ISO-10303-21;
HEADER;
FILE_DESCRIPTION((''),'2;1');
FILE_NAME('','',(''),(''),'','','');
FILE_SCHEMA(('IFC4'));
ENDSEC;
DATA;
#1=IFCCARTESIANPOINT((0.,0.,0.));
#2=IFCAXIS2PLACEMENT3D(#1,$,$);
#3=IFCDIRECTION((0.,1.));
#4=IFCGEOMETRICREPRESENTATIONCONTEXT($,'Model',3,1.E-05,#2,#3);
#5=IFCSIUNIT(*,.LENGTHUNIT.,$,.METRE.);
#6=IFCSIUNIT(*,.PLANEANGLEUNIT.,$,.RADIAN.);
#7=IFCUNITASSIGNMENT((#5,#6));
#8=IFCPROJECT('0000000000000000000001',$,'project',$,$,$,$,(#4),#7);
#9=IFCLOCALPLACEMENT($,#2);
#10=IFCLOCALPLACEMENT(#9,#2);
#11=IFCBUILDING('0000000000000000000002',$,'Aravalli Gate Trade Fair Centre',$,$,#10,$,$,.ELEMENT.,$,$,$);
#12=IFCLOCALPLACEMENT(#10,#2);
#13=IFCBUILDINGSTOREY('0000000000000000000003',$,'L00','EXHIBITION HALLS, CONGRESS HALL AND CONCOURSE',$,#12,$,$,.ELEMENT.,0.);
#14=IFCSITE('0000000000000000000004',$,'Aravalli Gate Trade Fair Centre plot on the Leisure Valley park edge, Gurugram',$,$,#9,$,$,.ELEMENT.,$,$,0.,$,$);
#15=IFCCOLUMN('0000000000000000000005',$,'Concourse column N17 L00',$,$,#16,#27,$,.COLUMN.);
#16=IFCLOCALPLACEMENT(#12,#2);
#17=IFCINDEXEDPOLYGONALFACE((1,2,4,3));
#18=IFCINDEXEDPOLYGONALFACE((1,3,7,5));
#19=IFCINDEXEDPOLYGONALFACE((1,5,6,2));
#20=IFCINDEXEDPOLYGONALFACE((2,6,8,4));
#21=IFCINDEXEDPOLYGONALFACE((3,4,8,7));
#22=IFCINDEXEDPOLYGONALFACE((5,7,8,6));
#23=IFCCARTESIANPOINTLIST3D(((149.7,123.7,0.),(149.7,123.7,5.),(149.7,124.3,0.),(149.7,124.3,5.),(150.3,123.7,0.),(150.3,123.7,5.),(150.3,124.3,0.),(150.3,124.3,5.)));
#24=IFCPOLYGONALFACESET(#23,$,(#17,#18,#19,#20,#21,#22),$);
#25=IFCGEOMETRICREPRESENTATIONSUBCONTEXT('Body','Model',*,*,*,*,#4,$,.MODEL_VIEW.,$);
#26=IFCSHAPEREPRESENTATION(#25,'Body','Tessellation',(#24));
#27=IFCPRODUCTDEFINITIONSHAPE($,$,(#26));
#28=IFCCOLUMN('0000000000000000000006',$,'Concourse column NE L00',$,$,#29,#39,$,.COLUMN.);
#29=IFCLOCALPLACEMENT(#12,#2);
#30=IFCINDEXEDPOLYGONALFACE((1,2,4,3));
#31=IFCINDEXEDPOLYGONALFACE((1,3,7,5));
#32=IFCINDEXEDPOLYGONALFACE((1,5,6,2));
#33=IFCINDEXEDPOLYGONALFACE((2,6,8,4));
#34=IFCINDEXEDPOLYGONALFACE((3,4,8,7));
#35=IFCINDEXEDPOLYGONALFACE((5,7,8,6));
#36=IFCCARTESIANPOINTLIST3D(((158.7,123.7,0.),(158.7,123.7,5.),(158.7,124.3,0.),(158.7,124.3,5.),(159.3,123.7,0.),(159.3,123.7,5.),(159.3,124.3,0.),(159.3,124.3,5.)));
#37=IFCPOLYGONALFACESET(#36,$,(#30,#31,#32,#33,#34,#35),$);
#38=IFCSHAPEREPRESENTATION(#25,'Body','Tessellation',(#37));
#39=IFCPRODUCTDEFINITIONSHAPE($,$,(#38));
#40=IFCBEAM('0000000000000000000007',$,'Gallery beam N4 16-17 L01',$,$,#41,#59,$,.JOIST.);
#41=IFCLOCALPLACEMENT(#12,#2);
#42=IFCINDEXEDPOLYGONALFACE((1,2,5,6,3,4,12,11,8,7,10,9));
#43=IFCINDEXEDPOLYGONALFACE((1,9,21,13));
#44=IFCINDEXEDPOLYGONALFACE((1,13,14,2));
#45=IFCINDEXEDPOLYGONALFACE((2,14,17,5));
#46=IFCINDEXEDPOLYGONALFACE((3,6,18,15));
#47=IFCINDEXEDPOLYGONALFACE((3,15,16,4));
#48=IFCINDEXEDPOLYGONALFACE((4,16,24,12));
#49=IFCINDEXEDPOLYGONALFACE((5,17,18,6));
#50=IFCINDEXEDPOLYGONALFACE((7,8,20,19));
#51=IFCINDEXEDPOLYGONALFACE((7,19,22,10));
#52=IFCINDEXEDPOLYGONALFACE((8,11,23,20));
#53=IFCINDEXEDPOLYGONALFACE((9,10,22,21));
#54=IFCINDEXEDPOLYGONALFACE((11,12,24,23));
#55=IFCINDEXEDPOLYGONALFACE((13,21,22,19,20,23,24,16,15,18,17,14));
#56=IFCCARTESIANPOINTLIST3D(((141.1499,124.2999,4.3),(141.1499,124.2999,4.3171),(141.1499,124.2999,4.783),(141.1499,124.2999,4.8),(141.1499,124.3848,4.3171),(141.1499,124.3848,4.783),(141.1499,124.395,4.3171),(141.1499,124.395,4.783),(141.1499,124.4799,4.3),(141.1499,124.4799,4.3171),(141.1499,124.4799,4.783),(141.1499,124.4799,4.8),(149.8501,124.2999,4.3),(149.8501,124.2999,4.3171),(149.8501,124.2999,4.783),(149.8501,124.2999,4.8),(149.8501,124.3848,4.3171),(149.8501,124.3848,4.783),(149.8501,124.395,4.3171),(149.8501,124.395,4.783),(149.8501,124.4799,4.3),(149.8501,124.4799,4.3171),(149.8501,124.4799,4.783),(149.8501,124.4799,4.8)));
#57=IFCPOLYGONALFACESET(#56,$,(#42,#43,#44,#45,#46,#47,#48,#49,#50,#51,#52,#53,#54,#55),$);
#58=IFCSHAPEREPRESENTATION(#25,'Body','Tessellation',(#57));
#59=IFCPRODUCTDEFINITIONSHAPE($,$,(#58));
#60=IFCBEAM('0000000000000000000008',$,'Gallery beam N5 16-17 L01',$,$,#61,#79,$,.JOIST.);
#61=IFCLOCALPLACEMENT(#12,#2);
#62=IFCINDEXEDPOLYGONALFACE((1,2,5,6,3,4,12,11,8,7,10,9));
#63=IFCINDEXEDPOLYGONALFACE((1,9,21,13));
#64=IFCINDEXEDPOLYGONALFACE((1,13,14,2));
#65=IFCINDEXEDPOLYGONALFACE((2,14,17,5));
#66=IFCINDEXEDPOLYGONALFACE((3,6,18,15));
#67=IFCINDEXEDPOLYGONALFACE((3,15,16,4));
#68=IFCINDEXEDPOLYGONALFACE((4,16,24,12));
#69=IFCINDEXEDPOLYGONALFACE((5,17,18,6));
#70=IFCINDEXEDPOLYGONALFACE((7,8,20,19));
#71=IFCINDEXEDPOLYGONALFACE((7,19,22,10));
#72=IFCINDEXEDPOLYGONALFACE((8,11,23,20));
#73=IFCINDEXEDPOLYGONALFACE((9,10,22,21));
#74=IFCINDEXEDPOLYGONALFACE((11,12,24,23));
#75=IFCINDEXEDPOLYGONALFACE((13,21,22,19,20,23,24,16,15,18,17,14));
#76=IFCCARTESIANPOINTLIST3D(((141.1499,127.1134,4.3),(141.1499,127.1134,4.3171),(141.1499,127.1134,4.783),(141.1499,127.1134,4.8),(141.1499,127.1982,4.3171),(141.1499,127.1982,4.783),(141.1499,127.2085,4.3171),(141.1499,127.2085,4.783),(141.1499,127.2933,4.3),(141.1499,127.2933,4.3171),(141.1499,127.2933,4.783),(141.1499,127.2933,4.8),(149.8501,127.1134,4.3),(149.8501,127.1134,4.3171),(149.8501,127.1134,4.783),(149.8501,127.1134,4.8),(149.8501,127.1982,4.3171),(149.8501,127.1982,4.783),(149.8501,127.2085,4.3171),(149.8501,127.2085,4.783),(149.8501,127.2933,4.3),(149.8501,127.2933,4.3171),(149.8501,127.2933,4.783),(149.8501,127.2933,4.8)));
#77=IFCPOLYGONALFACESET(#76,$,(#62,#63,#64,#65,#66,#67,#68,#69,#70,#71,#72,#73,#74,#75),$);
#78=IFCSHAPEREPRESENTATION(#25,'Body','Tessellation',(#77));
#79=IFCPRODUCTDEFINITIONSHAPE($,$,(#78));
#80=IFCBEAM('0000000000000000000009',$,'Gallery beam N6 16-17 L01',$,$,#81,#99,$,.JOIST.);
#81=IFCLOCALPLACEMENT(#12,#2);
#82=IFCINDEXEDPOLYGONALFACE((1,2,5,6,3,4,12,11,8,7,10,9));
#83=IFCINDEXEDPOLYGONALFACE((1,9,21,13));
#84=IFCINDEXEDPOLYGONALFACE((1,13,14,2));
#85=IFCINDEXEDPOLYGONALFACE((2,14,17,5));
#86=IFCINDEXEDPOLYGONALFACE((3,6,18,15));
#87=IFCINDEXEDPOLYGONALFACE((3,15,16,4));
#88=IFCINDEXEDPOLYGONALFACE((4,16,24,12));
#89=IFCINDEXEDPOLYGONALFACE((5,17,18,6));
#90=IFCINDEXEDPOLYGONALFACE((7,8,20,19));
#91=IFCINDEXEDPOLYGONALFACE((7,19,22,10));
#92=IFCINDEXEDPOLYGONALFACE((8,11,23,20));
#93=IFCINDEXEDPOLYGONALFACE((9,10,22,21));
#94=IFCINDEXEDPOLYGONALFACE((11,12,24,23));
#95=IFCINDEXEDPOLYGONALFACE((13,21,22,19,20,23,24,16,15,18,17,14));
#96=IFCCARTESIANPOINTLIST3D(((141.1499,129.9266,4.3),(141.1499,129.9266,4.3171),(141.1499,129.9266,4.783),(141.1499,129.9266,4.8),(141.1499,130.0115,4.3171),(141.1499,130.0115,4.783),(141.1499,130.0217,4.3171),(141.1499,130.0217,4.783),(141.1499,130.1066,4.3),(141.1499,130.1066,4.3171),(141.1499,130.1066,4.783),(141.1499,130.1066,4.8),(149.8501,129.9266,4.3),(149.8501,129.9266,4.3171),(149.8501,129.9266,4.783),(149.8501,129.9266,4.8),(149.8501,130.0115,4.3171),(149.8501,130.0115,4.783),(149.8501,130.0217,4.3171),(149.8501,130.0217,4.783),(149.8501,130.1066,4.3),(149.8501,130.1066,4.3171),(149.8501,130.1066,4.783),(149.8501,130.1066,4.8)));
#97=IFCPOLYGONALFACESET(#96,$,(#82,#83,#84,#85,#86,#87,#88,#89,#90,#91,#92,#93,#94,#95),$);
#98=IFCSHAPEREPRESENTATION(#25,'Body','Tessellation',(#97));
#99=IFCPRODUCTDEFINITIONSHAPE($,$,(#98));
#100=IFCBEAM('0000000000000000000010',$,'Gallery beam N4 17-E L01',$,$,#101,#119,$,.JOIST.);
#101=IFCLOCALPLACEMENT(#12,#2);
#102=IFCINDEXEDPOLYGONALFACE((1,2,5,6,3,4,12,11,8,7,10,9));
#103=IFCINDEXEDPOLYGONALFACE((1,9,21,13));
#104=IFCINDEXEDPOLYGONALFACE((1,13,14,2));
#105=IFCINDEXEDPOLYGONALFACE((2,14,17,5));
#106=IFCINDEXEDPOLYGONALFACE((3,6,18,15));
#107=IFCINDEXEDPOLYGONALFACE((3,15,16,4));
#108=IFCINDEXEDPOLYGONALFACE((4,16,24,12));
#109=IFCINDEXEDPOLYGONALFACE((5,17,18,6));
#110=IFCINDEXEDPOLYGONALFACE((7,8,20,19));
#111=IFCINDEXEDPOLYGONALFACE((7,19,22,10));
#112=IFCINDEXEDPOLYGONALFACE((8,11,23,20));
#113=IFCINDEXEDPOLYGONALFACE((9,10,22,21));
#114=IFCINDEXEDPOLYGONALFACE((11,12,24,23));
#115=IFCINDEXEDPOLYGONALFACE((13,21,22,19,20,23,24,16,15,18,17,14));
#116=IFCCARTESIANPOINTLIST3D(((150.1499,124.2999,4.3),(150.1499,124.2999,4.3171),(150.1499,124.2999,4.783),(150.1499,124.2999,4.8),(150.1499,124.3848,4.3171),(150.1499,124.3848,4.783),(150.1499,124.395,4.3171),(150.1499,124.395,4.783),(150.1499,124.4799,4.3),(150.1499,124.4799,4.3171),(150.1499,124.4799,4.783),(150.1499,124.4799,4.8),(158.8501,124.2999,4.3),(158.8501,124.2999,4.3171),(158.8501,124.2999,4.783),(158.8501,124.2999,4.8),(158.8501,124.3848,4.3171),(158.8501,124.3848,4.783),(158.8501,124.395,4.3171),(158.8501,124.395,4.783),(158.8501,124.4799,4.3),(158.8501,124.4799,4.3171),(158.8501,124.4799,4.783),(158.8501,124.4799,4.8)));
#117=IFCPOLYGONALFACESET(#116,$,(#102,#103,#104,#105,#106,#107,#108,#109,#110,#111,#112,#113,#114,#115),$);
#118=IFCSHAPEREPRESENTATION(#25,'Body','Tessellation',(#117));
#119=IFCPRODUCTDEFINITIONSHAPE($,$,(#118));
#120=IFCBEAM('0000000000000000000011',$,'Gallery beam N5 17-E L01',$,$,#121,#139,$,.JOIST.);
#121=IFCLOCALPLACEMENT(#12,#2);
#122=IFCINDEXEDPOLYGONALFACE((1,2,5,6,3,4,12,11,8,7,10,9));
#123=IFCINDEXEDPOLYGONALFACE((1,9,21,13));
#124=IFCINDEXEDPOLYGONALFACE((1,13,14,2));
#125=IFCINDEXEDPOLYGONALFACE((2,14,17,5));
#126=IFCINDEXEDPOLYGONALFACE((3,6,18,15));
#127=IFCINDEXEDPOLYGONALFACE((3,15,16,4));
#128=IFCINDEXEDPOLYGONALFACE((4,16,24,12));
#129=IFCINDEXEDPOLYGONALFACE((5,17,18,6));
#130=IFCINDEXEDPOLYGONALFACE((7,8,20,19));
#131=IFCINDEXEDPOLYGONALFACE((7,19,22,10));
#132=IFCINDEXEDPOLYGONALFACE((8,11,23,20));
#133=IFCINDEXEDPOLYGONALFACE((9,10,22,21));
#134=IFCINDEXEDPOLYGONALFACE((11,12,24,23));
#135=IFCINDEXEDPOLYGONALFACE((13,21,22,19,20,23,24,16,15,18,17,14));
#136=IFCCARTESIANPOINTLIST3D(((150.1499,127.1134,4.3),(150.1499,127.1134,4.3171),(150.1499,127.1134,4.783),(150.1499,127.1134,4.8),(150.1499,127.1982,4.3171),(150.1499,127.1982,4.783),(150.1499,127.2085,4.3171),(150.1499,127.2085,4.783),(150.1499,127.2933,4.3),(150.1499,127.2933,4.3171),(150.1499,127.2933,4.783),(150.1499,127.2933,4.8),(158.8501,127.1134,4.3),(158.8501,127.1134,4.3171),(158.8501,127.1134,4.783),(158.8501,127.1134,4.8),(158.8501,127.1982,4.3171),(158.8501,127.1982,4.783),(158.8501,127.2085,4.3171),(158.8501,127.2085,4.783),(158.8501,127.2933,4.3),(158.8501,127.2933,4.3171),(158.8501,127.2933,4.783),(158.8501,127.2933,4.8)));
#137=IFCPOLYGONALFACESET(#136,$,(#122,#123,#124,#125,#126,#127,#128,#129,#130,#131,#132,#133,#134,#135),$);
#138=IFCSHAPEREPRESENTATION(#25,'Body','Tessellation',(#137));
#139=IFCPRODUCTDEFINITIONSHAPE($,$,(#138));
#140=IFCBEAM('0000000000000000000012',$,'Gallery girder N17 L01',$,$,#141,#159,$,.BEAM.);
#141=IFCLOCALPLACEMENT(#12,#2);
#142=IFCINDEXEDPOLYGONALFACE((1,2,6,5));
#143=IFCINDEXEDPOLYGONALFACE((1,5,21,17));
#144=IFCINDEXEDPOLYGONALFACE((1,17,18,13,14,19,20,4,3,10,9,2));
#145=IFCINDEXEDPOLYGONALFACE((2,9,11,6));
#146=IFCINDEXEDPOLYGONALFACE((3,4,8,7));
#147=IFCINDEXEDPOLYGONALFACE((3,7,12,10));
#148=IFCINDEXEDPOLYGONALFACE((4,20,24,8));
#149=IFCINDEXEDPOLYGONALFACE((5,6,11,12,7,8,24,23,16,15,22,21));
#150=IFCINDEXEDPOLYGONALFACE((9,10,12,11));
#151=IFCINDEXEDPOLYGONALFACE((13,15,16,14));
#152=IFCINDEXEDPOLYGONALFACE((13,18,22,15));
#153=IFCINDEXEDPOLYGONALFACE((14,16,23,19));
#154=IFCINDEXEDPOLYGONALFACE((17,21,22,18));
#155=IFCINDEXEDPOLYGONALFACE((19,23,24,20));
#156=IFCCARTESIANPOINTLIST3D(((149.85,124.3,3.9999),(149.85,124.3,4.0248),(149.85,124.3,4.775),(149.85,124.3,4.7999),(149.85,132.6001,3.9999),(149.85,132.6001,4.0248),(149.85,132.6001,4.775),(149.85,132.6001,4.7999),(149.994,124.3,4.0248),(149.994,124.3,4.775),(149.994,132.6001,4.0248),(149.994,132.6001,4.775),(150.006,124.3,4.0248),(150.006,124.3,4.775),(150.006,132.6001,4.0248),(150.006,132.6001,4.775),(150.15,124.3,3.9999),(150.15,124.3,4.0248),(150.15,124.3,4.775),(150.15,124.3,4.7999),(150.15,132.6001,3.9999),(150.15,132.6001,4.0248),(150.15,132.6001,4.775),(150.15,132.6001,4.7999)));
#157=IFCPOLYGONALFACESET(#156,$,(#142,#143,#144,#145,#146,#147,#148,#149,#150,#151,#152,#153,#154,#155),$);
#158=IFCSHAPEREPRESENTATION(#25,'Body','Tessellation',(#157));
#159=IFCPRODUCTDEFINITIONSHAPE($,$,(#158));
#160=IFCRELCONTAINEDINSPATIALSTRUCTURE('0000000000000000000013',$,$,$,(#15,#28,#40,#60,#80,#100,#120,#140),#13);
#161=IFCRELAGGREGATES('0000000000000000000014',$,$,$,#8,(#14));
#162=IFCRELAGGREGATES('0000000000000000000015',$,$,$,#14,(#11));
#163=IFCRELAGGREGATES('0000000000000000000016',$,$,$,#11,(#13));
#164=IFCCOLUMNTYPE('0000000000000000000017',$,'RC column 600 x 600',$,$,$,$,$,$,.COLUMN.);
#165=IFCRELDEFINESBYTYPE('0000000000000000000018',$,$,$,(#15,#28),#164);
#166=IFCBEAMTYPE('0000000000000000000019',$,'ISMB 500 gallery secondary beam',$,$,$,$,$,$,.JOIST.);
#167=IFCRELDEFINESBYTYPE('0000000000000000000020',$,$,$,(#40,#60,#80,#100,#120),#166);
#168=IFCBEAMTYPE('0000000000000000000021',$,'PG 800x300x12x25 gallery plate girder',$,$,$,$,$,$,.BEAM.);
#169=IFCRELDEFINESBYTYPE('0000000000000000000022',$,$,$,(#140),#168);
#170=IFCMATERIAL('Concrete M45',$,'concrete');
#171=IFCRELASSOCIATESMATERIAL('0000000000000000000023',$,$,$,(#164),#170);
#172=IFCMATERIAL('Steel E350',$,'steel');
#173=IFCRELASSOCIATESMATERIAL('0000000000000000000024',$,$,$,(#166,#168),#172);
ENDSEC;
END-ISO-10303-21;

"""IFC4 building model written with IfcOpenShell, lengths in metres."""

from ifc_helpers import new_model, si_unit, direction, frame, origin, origin_2d, place, context, subcontext, project, spatial, rectangle, i_section, extrude, material, material_profile, profile_set, type_object, element, save


model = new_model("IFC4")

# Units and contexts
model_context = context("Model", 3, precision=1e-05, world=origin(), true_north=direction((0.0, 1.0)))
body_context = subcontext(model_context, "Body", "Model", "MODEL_VIEW")
ifc_project = project(units=[si_unit("LENGTHUNIT", "METRE"), si_unit("PLANEANGLEUNIT", "RADIAN")], contexts=[model_context])

# Site, building, storey
site_placement = place(None, origin())
site = spatial("IfcSite", under=ifc_project, at=site_placement, Name="Aravalli Gate Trade Fair Centre plot on the Leisure Valley park edge, Gurugram", CompositionType="ELEMENT", RefElevation=0.0)
building_placement = place(site_placement, origin())
building = spatial("IfcBuilding", under=site, at=building_placement, Name="Aravalli Gate Trade Fair Centre", CompositionType="ELEMENT")
storey_placement = place(building_placement, origin())
storey = spatial("IfcBuildingStorey", under=building, at=storey_placement, Name="L00", Description="EXHIBITION HALLS, CONGRESS HALL AND CONCOURSE", CompositionType="ELEMENT", Elevation=0.0)

# Columns
ifc_material_1 = material(Name="Concrete M45", Category="concrete")
ifc_material_profile_1 = material_profile(ifc_material_1, rectangle(XDim=0.6001, YDim=0.6001, at=origin_2d()), Name="RC column 600 x 600")
ifc_profile_set_1 = profile_set([ifc_material_profile_1], Name="Concrete M45")
column_type = type_object("IfcColumnType", Name="RC column 600 x 600", PredefinedType="COLUMN", material=ifc_profile_set_1)
for number, where, z_axis, x_axis, name in (
    (1, (150.0, 124.0, 0.0), (0.0, 0.0, 1.0), (1.0, 0.0, 0.0), "Concourse column N17 L00"),
    (2, (159.0, 124.0, 0.0), (0.0, 0.0, 1.0), (1.0, 0.0, 0.0), "Concourse column NE L00"),
):
    element("IfcColumn", number, at=place(storey_placement, frame(where, z_axis=z_axis, x_axis=x_axis)), inside=storey, type_object=column_type, Name=name, PredefinedType="COLUMN", context=body_context, shape_type="SweptSolid", body=[
        extrude(rectangle(XDim=0.6001, YDim=0.6001, at=origin_2d()), origin(), (0.0, 0.0, 1.0), 5.0),
    ])

# Beams
ifc_material_2 = material(Name="Steel E350", Category="steel")
ifc_material_profile_2 = material_profile(ifc_material_2, i_section(OverallWidth=0.1799, OverallDepth=0.5, WebThickness=0.0103, FlangeThickness=0.0171, at=origin_2d()), Name="ISMB 500")
ifc_profile_set_2 = profile_set([ifc_material_profile_2], Name="Steel E350")
beam_type_1 = type_object("IfcBeamType", Name="ISMB 500 gallery secondary beam", PredefinedType="JOIST", material=ifc_profile_set_2)
for number, where, z_axis, x_axis, name in (
    (3, (141.1499, 124.3899, 4.55), (1.0, 0.0, 0.0), (0.0, 1.0, 0.0), "Gallery beam N4 16-17 L01"),
    (4, (141.1499, 127.2034, 4.55), (1.0, 0.0, 0.0), (0.0, 1.0, 0.0), "Gallery beam N5 16-17 L01"),
    (5, (141.1499, 130.0166, 4.55), (1.0, 0.0, 0.0), (0.0, 1.0, 0.0), "Gallery beam N6 16-17 L01"),
    (6, (150.1499, 124.3899, 4.55), (1.0, 0.0, 0.0), (0.0, 1.0, 0.0), "Gallery beam N4 17-E L01"),
    (7, (150.1499, 127.2034, 4.55), (1.0, 0.0, 0.0), (0.0, 1.0, 0.0), "Gallery beam N5 17-E L01"),
):
    element("IfcBeam", number, at=place(storey_placement, frame(where, z_axis=z_axis, x_axis=x_axis)), inside=storey, type_object=beam_type_1, Name=name, PredefinedType="JOIST", context=body_context, shape_type="SweptSolid", body=[
        extrude(i_section(OverallWidth=0.1799, OverallDepth=0.5, WebThickness=0.0103, FlangeThickness=0.0171, at=origin_2d()), origin(), (0.0, 0.0, 1.0), 8.7002),
    ])
ifc_material_profile_3 = material_profile(ifc_material_2, i_section(OverallWidth=0.3, OverallDepth=0.8, WebThickness=0.012, FlangeThickness=0.0249, at=origin_2d()), Name="PG 800x300x12x25")
ifc_profile_set_3 = profile_set([ifc_material_profile_3], Name="Steel E350")
beam_type_2 = type_object("IfcBeamType", Name="PG 800x300x12x25 gallery plate girder", PredefinedType="BEAM", material=ifc_profile_set_3)
beam_placement = place(storey_placement, frame((150.0, 124.3, 4.3999), z_axis=(0.0, 1.0, 0.0), x_axis=(-1.0, 0.0, 0.0)))
element("IfcBeam", 8, at=beam_placement, inside=storey, type_object=beam_type_2, Name="Gallery girder N17 L01", PredefinedType="BEAM", context=body_context, shape_type="SweptSolid", body=[
    extrude(i_section(OverallWidth=0.3, OverallDepth=0.8, WebThickness=0.012, FlangeThickness=0.0249, at=origin_2d()), origin(), (0.0, 0.0, 1.0), 8.3),
])

save(model, "model.ifc")
